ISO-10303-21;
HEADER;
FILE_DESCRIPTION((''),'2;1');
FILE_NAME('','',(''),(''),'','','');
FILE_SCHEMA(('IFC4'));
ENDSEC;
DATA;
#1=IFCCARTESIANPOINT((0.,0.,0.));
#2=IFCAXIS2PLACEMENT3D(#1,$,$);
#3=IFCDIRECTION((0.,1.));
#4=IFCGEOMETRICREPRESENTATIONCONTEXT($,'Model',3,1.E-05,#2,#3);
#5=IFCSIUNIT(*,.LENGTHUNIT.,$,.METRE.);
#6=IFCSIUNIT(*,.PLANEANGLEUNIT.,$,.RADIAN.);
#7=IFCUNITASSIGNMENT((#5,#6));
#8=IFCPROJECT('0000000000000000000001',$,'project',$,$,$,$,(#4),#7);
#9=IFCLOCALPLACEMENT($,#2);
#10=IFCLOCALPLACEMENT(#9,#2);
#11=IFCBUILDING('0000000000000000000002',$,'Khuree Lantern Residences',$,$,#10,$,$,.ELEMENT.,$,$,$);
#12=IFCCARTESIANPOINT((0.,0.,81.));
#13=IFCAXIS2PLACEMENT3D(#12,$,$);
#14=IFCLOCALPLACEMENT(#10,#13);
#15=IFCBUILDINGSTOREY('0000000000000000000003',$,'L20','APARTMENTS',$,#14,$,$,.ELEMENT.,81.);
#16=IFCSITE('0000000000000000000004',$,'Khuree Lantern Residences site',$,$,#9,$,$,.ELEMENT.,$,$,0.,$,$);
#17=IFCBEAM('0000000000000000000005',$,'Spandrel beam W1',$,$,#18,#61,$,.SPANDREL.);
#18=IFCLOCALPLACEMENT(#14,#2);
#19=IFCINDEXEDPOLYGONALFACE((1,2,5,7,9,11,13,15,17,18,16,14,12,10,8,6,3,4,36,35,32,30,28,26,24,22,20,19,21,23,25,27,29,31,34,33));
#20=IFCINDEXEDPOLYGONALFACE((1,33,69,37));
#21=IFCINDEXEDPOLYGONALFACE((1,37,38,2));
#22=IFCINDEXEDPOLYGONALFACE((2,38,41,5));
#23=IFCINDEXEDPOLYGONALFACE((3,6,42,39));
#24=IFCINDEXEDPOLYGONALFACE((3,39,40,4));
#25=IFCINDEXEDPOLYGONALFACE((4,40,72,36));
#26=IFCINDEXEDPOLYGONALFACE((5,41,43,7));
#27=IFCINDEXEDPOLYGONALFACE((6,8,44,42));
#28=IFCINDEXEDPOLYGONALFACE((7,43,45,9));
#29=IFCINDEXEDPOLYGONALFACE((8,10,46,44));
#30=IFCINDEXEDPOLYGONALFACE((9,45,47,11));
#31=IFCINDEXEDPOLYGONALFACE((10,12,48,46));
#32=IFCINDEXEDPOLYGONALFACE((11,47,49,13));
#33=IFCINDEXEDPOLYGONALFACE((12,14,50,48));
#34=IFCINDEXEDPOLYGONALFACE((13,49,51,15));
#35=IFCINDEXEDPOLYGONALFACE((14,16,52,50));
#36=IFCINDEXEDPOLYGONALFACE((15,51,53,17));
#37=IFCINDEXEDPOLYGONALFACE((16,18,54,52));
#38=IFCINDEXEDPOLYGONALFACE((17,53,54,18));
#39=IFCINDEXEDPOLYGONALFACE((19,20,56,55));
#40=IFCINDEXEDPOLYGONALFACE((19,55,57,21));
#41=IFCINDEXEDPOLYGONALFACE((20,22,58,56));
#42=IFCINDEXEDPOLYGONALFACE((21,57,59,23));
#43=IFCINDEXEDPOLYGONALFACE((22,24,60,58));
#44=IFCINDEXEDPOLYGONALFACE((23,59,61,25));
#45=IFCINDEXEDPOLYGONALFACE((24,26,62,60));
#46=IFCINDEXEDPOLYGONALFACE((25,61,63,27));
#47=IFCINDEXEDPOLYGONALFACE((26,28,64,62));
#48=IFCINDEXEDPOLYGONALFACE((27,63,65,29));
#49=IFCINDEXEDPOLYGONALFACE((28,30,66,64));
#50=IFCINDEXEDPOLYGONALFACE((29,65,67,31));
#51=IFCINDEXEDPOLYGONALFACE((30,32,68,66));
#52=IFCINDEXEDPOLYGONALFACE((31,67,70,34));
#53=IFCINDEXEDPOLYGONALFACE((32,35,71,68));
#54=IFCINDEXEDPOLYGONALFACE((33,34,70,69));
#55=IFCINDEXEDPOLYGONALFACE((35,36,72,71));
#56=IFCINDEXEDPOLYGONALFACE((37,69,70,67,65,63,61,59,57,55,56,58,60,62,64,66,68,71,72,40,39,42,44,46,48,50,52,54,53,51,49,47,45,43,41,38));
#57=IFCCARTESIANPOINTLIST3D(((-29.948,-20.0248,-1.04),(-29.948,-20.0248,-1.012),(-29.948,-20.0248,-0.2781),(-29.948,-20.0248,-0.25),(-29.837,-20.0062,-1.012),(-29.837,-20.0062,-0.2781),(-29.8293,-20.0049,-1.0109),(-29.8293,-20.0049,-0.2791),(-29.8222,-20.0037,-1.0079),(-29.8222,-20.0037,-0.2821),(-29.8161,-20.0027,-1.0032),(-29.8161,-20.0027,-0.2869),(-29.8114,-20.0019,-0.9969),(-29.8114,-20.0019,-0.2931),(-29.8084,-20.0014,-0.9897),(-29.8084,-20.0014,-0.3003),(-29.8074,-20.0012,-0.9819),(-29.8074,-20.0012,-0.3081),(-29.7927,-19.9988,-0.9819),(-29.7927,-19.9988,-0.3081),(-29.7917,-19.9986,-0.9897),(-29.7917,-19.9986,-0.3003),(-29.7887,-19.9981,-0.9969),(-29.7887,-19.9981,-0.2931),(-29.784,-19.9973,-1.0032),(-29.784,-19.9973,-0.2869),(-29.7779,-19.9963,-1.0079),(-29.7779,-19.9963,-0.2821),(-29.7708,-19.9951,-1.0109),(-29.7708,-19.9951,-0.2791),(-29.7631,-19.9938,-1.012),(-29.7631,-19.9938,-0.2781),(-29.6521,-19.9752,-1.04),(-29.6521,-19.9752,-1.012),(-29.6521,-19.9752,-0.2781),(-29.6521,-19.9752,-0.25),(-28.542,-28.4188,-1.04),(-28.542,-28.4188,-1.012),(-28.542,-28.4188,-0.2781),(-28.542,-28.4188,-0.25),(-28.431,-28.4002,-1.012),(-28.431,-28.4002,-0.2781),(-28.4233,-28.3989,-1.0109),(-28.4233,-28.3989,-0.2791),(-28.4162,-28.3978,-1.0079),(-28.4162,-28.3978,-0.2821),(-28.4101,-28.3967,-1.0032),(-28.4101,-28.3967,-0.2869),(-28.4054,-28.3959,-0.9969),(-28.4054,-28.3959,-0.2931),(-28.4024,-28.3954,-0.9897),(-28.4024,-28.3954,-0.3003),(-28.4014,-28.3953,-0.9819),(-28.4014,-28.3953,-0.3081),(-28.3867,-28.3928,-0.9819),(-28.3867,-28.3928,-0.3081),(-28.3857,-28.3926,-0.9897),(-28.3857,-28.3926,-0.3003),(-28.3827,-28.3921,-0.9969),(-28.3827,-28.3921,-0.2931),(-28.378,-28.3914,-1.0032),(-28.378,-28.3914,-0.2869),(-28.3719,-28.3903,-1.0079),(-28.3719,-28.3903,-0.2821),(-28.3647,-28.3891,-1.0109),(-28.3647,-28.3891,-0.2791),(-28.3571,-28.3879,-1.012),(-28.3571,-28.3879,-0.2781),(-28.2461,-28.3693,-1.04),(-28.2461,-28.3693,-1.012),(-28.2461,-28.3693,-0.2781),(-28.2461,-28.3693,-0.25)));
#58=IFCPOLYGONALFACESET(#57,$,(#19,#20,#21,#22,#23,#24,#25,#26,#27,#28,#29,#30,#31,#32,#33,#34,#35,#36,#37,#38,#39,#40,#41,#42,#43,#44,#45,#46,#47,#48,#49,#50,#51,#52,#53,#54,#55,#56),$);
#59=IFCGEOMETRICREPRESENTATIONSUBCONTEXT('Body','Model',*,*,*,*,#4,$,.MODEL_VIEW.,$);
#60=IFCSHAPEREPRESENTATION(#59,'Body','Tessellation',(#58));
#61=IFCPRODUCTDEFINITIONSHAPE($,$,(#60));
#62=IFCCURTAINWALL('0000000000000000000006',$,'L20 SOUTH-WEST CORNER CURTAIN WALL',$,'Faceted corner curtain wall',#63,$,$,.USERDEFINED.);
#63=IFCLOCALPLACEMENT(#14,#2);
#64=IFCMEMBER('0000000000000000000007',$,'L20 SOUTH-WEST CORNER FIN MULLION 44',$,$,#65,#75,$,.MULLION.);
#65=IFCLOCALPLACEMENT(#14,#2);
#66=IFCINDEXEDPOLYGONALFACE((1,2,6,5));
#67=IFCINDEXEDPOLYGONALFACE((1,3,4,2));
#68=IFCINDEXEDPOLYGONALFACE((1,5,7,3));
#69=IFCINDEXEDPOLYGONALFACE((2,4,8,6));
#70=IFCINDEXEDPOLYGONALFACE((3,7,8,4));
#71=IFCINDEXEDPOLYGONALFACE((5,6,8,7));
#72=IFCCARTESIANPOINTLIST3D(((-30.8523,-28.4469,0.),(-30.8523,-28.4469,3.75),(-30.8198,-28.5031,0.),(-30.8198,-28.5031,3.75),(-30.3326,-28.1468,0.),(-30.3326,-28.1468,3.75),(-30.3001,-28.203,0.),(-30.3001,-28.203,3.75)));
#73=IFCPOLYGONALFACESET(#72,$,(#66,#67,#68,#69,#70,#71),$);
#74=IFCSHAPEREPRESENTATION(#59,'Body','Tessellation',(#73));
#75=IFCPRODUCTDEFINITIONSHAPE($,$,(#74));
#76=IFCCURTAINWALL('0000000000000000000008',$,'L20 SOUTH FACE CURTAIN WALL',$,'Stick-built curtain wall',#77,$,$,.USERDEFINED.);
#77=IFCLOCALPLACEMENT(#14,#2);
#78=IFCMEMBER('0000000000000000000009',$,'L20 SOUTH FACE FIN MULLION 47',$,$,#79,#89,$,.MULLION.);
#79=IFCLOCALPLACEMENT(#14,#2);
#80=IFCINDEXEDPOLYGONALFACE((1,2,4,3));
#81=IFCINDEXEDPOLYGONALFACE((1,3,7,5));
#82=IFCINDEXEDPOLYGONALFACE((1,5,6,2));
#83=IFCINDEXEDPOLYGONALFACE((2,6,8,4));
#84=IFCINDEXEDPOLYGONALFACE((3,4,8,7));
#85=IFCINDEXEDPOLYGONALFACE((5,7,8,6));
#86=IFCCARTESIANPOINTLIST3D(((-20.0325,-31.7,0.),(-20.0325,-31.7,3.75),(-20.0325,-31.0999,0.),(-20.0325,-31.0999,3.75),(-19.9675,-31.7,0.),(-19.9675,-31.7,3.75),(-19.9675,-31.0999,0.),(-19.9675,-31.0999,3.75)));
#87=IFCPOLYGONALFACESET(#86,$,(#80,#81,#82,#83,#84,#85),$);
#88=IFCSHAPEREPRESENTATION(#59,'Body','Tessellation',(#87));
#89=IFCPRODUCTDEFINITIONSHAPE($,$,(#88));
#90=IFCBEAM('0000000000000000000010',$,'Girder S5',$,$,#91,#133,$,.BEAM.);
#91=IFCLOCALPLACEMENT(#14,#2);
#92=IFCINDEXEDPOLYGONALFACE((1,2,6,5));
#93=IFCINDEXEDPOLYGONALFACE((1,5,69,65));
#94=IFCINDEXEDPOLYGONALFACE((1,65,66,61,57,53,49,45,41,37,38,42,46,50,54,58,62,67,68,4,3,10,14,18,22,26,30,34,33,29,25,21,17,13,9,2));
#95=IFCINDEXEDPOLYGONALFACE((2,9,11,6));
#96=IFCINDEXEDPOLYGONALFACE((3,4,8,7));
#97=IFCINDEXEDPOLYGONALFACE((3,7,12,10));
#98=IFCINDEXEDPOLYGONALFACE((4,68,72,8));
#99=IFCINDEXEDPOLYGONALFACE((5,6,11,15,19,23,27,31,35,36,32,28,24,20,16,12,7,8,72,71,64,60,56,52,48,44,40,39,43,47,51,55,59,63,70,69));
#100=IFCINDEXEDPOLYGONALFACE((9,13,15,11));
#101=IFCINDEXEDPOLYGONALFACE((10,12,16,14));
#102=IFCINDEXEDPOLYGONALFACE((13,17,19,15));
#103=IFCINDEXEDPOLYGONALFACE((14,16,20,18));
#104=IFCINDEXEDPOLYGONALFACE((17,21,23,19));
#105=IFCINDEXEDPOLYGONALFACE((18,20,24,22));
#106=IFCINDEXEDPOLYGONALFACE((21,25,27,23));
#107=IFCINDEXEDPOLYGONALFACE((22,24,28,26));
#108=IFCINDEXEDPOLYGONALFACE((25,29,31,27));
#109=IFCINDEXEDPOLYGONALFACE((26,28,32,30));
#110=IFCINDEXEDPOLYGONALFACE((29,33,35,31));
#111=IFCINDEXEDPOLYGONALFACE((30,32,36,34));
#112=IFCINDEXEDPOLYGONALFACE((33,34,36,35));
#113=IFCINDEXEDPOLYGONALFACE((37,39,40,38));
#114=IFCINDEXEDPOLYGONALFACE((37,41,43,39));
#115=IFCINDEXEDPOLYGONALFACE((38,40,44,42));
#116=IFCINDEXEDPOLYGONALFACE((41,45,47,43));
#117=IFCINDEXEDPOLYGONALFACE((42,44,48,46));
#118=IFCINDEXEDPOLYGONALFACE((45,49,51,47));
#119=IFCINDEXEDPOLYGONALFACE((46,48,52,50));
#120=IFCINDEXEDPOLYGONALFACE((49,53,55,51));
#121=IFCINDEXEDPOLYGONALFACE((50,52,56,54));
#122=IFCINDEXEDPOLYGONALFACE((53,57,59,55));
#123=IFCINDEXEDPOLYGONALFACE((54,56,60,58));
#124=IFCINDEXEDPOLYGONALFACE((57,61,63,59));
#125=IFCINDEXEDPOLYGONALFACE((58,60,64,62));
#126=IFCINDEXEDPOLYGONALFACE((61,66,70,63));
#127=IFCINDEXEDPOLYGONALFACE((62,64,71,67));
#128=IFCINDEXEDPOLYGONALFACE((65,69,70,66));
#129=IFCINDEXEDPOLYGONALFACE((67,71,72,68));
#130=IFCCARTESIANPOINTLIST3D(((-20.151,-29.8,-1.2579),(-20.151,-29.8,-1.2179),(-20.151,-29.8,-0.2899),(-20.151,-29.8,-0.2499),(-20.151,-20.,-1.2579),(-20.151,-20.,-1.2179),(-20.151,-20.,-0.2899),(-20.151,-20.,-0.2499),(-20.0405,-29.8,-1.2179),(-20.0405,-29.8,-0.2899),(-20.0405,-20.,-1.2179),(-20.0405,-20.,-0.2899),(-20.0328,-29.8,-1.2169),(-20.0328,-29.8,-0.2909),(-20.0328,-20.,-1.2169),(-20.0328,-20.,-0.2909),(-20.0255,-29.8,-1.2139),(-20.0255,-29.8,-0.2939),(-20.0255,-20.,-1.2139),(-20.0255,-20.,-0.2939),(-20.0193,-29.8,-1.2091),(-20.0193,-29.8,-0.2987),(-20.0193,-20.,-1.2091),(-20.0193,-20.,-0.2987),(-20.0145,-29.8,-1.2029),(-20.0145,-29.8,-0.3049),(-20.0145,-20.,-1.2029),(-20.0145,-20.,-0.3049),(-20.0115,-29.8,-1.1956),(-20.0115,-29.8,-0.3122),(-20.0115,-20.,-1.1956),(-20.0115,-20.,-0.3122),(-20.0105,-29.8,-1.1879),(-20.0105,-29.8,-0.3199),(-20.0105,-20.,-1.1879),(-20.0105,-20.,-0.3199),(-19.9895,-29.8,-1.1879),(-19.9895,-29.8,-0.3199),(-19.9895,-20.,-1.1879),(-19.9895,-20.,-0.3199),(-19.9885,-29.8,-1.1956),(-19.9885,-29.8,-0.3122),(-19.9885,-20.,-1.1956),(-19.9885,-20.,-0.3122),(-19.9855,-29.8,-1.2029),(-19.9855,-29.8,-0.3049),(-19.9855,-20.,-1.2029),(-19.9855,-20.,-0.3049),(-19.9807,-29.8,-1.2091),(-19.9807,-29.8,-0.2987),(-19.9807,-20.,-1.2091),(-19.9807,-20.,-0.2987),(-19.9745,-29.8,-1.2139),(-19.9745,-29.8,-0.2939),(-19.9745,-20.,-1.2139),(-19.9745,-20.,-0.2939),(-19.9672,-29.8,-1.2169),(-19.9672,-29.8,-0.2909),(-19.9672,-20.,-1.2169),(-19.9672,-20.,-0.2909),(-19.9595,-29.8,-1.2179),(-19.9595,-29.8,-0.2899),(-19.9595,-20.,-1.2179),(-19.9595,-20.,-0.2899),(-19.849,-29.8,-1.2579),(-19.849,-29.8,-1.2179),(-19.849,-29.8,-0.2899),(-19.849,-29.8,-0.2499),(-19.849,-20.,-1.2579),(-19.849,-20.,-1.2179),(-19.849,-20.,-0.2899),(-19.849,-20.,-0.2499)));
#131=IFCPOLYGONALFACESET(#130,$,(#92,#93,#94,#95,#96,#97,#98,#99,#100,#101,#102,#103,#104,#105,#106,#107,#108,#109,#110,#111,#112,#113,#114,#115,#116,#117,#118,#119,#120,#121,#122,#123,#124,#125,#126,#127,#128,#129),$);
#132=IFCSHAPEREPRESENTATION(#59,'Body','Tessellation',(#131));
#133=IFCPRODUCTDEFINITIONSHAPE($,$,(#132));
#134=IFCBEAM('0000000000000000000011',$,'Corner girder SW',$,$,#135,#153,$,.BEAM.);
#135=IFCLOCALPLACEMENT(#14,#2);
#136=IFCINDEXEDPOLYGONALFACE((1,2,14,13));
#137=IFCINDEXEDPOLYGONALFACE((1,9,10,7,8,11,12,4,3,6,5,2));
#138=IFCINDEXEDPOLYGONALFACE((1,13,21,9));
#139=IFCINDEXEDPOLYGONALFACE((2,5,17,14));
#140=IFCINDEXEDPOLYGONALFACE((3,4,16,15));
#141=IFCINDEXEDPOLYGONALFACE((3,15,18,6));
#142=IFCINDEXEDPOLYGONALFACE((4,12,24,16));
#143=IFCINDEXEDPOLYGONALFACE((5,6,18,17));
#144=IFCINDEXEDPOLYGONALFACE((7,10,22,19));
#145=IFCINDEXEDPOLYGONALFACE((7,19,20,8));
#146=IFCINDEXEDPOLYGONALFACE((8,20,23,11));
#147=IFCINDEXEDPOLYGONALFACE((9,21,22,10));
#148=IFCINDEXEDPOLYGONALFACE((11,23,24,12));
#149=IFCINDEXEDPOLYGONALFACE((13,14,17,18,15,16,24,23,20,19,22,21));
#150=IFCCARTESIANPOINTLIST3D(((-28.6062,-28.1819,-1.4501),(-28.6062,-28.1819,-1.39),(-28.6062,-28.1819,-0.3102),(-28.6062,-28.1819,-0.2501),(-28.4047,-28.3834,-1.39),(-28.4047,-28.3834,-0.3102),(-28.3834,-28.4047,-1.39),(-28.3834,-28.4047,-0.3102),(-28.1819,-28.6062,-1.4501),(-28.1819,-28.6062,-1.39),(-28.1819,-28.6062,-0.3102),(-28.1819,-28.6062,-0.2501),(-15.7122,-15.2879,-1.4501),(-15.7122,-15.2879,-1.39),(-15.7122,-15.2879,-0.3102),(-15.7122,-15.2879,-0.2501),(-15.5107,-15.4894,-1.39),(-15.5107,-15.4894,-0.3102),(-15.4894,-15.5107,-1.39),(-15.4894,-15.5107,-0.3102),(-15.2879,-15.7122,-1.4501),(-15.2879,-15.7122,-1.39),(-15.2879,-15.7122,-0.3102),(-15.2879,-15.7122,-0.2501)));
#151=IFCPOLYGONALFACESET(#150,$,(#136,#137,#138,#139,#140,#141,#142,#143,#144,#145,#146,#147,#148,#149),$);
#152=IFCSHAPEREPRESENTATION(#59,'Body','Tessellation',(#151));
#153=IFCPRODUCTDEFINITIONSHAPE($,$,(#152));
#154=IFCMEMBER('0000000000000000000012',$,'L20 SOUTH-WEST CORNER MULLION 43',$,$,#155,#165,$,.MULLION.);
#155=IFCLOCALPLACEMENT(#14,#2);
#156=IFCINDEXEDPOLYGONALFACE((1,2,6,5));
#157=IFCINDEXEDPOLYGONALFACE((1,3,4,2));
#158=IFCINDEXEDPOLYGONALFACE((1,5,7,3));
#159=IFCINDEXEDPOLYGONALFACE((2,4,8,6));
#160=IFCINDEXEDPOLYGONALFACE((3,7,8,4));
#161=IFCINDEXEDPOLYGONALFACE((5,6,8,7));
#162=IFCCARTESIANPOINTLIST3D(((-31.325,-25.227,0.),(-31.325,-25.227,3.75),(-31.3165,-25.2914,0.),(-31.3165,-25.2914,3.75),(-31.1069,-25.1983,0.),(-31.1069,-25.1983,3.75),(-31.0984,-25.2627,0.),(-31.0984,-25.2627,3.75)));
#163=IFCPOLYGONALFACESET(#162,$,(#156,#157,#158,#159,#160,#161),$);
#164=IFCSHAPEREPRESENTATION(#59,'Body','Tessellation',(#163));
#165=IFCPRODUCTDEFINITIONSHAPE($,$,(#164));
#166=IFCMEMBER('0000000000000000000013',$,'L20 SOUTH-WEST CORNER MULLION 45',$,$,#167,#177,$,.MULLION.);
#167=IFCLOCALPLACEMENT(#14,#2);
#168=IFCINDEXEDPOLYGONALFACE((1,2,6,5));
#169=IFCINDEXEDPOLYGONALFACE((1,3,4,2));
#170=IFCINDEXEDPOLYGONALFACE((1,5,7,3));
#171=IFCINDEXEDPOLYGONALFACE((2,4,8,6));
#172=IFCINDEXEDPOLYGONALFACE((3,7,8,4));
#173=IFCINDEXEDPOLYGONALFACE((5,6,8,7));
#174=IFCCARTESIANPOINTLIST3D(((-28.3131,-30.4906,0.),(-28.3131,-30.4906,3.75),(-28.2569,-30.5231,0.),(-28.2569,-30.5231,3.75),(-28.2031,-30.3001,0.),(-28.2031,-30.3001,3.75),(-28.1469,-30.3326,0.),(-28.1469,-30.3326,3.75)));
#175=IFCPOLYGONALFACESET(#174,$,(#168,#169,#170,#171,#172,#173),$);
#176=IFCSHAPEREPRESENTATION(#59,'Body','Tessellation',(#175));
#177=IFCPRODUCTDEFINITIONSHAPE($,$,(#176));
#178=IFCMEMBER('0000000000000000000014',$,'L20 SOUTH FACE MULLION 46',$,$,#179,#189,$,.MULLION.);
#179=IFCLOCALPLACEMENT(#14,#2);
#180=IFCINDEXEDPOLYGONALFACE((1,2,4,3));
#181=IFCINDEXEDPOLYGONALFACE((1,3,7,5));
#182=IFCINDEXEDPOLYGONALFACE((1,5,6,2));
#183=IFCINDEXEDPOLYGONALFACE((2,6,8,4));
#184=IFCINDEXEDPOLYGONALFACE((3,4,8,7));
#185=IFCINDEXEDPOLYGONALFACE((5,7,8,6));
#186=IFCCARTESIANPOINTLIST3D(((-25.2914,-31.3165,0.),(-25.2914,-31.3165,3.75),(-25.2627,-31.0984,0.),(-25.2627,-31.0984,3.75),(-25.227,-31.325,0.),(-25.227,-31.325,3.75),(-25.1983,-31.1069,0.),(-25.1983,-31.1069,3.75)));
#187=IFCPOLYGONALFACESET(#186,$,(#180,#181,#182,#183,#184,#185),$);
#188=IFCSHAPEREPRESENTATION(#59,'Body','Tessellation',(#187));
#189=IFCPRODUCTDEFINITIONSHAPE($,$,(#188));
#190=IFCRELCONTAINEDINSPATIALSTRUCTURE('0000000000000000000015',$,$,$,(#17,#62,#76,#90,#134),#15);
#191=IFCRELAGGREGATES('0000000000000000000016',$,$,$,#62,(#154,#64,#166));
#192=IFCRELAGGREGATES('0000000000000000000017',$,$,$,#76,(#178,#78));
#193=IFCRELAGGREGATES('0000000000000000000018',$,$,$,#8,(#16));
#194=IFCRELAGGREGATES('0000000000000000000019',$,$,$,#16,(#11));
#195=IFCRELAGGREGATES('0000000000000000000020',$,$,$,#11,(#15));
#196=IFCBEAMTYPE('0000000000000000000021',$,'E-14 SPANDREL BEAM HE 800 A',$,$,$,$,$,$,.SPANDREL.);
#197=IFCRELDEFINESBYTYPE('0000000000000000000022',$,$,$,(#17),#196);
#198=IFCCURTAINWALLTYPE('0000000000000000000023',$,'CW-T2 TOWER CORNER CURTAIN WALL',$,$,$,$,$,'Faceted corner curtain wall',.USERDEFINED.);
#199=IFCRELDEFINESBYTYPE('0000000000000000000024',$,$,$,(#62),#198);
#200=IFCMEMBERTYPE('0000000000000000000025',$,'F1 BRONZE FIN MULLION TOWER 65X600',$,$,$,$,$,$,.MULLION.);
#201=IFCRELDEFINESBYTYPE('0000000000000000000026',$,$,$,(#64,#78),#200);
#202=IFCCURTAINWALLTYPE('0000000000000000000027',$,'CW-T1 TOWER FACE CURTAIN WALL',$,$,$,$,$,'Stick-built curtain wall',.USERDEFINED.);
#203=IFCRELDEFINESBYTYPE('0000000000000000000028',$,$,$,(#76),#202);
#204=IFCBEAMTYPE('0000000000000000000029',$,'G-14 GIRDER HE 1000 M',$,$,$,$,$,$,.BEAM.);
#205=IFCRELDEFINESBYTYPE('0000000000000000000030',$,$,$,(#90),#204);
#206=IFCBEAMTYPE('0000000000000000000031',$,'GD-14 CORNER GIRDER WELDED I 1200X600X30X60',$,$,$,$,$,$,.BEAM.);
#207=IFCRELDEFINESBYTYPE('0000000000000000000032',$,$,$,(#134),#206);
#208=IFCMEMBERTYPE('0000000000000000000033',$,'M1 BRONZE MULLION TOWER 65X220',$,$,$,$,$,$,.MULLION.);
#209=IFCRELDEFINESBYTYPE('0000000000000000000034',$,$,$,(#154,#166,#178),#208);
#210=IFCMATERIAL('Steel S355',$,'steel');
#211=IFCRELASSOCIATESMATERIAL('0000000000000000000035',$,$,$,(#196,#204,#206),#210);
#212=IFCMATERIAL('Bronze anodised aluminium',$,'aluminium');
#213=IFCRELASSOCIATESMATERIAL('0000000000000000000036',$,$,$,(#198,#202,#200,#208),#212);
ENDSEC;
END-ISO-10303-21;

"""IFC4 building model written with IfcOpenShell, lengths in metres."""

from ifc_helpers import new_model, si_unit, direction, frame, origin, origin_2d, place, context, subcontext, project, spatial, rectangle, i_section, extrude, material, material_profile, profile_set, type_object, element, aggregate, save


model = new_model("IFC4")

# Units and contexts
model_context = context("Model", 3, precision=1e-05, world=origin(), true_north=direction((0.0, 1.0)))
body_context = subcontext(model_context, "Body", "Model", "MODEL_VIEW")
ifc_project = project(units=[si_unit("LENGTHUNIT", "METRE"), si_unit("PLANEANGLEUNIT", "RADIAN")], contexts=[model_context])

# Site, building, storey
site_placement = place(None, origin())
site = spatial("IfcSite", under=ifc_project, at=site_placement, Name="Khuree Lantern Residences site", CompositionType="ELEMENT", RefElevation=0.0)
building_placement = place(site_placement, origin())
building = spatial("IfcBuilding", under=site, at=building_placement, Name="Khuree Lantern Residences", CompositionType="ELEMENT")
storey_placement = place(building_placement, frame((0.0, 0.0, 81.0)))
storey = spatial("IfcBuildingStorey", under=building, at=storey_placement, Name="L20", Description="APARTMENTS", CompositionType="ELEMENT", Elevation=81.0)

# Beam
ifc_material_1 = material(Name="Steel S355", Category="steel")
ifc_material_profile_1 = material_profile(ifc_material_1, i_section(OverallWidth=0.3, OverallDepth=0.79, WebThickness=0.0149, FlangeThickness=0.0281, FilletRadius=0.03, at=origin_2d()), Name="HE 800 A")
ifc_profile_set_1 = profile_set([ifc_material_profile_1], Name="Steel S355")
beam_type_1 = type_object("IfcBeamType", Name="E-14 SPANDREL BEAM HE 800 A", PredefinedType="SPANDREL", material=ifc_profile_set_1)
for number, where, z_axis, x_axis, name in (
    (1, (-28.394, -28.394, -0.645), (-0.165199, 0.98626, 0.0), (-0.98626, -0.165199, 0.0), "Spandrel beam W1"),
):
    element("IfcBeam", number, at=place(storey_placement, frame(where, z_axis=z_axis, x_axis=x_axis)), inside=storey, type_object=beam_type_1, Name=name, PredefinedType="SPANDREL", context=body_context, shape_type="SweptSolid", body=[
        extrude(i_section(OverallWidth=0.3, OverallDepth=0.79, WebThickness=0.0149, FlangeThickness=0.0281, FilletRadius=0.03, at=origin_2d()), origin(), (0.0, 0.0, 1.0), 8.511),
    ])

# Curtain walls, members
ifc_material_2 = material(Name="Bronze anodised aluminium", Category="aluminium")
curtain_wall_type_1 = type_object("IfcCurtainWallType", Name="CW-T2 TOWER CORNER CURTAIN WALL", ElementType="Faceted corner curtain wall", PredefinedType="USERDEFINED", material=ifc_material_2)
curtain_wall_1_placement = place(storey_placement, origin())
curtain_wall_1 = element("IfcCurtainWall", 2, at=curtain_wall_1_placement, inside=storey, type_object=curtain_wall_type_1, Name="L20 SOUTH-WEST CORNER CURTAIN WALL", ObjectType="Faceted corner curtain wall", PredefinedType="USERDEFINED")
ifc_material_profile_2 = material_profile(ifc_material_2, rectangle(XDim=0.0649, YDim=0.6001, at=origin_2d()), Name="F1 65X600")
ifc_profile_set_2 = profile_set([ifc_material_profile_2], Name="Bronze anodised aluminium")
member_type_1 = type_object("IfcMemberType", Name="F1 BRONZE FIN MULLION TOWER 65X600", PredefinedType="MULLION", material=ifc_profile_set_2)
member_1_placement = place(storey_placement, frame((-30.5762, -28.325, 0.0), z_axis=(0.0, 0.0, 1.0), x_axis=(0.5, -0.866025, 0.0)))
member_1 = element("IfcMember", 3, at=member_1_placement, type_object=member_type_1, Name="L20 SOUTH-WEST CORNER FIN MULLION 44", PredefinedType="MULLION", context=body_context, shape_type="SweptSolid", body=[
    extrude(rectangle(XDim=0.0649, YDim=0.6001, at=origin_2d()), origin(), (0.0, 0.0, 1.0), 3.75),
])
curtain_wall_type_2 = type_object("IfcCurtainWallType", Name="CW-T1 TOWER FACE CURTAIN WALL", ElementType="Stick-built curtain wall", PredefinedType="USERDEFINED", material=ifc_material_2)
curtain_wall_2_placement = place(storey_placement, origin())
curtain_wall_2 = element("IfcCurtainWall", 4, at=curtain_wall_2_placement, inside=storey, type_object=curtain_wall_type_2, Name="L20 SOUTH FACE CURTAIN WALL", ObjectType="Stick-built curtain wall", PredefinedType="USERDEFINED")
member_2_placement = place(storey_placement, frame((-20.0, -31.3999, 0.0), z_axis=(0.0, 0.0, 1.0), x_axis=(1.0, 0.0, 0.0)))
member_2 = element("IfcMember", 5, at=member_2_placement, type_object=member_type_1, Name="L20 SOUTH FACE FIN MULLION 47", PredefinedType="MULLION", context=body_context, shape_type="SweptSolid", body=[
    extrude(rectangle(XDim=0.0649, YDim=0.6001, at=origin_2d()), origin(), (0.0, 0.0, 1.0), 3.75),
])

# Beams
ifc_material_profile_3 = material_profile(ifc_material_1, i_section(OverallWidth=0.302, OverallDepth=1.0081, WebThickness=0.021, FlangeThickness=0.04, FilletRadius=0.03, at=origin_2d()), Name="HE 1000 M")
ifc_profile_set_3 = profile_set([ifc_material_profile_3], Name="Steel S355")
beam_type_2 = type_object("IfcBeamType", Name="G-14 GIRDER HE 1000 M", PredefinedType="BEAM", material=ifc_profile_set_3)
beam_1_placement = place(storey_placement, frame((-20.0, -29.8, -0.7539), z_axis=(0.0, 1.0, 0.0), x_axis=(-1.0, 0.0, 0.0)))
element("IfcBeam", 6, at=beam_1_placement, inside=storey, type_object=beam_type_2, Name="Girder S5", PredefinedType="BEAM", context=body_context, shape_type="SweptSolid", body=[
    extrude(i_section(OverallWidth=0.302, OverallDepth=1.0081, WebThickness=0.021, FlangeThickness=0.04, FilletRadius=0.03, at=origin_2d()), origin(), (0.0, 0.0, 1.0), 9.8),
])
ifc_material_profile_4 = material_profile(ifc_material_1, i_section(OverallWidth=0.6001, OverallDepth=1.2, WebThickness=0.03, FlangeThickness=0.0601, at=origin_2d()), Name="WELDED I 1200X600X30X60")
ifc_profile_set_4 = profile_set([ifc_material_profile_4], Name="Steel S355")
beam_type_3 = type_object("IfcBeamType", Name="GD-14 CORNER GIRDER WELDED I 1200X600X30X60", PredefinedType="BEAM", material=ifc_profile_set_4)
beam_2_placement = place(storey_placement, frame((-28.394, -28.394, -0.8501), z_axis=(0.707107, 0.707107, 0.0), x_axis=(-0.707107, 0.707107, 0.0)))
element("IfcBeam", 7, at=beam_2_placement, inside=storey, type_object=beam_type_3, Name="Corner girder SW", PredefinedType="BEAM", context=body_context, shape_type="SweptSolid", body=[
    extrude(i_section(OverallWidth=0.6001, OverallDepth=1.2, WebThickness=0.03, FlangeThickness=0.0601, at=origin_2d()), origin(), (0.0, 0.0, 1.0), 18.2349),
])

# Members
ifc_material_profile_5 = material_profile(ifc_material_2, rectangle(XDim=0.0649, YDim=0.22, at=origin_2d()), Name="M1 65X220")
ifc_profile_set_5 = profile_set([ifc_material_profile_5], Name="Bronze anodised aluminium")
member_type_2 = type_object("IfcMemberType", Name="M1 BRONZE MULLION TOWER 65X220", PredefinedType="MULLION", material=ifc_profile_set_5)
member_3_placement = place(storey_placement, frame((-31.2117, -25.2449, 0.0), z_axis=(0.0, 0.0, 1.0), x_axis=(0.130526, -0.991445, 0.0)))
member_3 = element("IfcMember", 8, at=member_3_placement, type_object=member_type_2, Name="L20 SOUTH-WEST CORNER MULLION 43", PredefinedType="MULLION", context=body_context, shape_type="SweptSolid", body=[
    extrude(rectangle(XDim=0.0649, YDim=0.22, at=origin_2d()), origin(), (0.0, 0.0, 1.0), 3.75),
])
member_4_placement = place(storey_placement, frame((-28.23, -30.4116, 0.0), z_axis=(0.0, 0.0, 1.0), x_axis=(0.866025, -0.5, 0.0)))
member_4 = element("IfcMember", 9, at=member_4_placement, type_object=member_type_2, Name="L20 SOUTH-WEST CORNER MULLION 45", PredefinedType="MULLION", context=body_context, shape_type="SweptSolid", body=[
    extrude(rectangle(XDim=0.0649, YDim=0.22, at=origin_2d()), origin(), (0.0, 0.0, 1.0), 3.75),
])
member_5_placement = place(storey_placement, frame((-25.2449, -31.2117, 0.0), z_axis=(0.0, 0.0, 1.0), x_axis=(0.991445, -0.130526, 0.0)))
member_5 = element("IfcMember", 10, at=member_5_placement, type_object=member_type_2, Name="L20 SOUTH FACE MULLION 46", PredefinedType="MULLION", context=body_context, shape_type="SweptSolid", body=[
    extrude(rectangle(XDim=0.0649, YDim=0.22, at=origin_2d()), origin(), (0.0, 0.0, 1.0), 3.75),
])

aggregate(curtain_wall_1, [member_3, member_1, member_4])
aggregate(curtain_wall_2, [member_5, member_2])

save(model, "model.ifc")
